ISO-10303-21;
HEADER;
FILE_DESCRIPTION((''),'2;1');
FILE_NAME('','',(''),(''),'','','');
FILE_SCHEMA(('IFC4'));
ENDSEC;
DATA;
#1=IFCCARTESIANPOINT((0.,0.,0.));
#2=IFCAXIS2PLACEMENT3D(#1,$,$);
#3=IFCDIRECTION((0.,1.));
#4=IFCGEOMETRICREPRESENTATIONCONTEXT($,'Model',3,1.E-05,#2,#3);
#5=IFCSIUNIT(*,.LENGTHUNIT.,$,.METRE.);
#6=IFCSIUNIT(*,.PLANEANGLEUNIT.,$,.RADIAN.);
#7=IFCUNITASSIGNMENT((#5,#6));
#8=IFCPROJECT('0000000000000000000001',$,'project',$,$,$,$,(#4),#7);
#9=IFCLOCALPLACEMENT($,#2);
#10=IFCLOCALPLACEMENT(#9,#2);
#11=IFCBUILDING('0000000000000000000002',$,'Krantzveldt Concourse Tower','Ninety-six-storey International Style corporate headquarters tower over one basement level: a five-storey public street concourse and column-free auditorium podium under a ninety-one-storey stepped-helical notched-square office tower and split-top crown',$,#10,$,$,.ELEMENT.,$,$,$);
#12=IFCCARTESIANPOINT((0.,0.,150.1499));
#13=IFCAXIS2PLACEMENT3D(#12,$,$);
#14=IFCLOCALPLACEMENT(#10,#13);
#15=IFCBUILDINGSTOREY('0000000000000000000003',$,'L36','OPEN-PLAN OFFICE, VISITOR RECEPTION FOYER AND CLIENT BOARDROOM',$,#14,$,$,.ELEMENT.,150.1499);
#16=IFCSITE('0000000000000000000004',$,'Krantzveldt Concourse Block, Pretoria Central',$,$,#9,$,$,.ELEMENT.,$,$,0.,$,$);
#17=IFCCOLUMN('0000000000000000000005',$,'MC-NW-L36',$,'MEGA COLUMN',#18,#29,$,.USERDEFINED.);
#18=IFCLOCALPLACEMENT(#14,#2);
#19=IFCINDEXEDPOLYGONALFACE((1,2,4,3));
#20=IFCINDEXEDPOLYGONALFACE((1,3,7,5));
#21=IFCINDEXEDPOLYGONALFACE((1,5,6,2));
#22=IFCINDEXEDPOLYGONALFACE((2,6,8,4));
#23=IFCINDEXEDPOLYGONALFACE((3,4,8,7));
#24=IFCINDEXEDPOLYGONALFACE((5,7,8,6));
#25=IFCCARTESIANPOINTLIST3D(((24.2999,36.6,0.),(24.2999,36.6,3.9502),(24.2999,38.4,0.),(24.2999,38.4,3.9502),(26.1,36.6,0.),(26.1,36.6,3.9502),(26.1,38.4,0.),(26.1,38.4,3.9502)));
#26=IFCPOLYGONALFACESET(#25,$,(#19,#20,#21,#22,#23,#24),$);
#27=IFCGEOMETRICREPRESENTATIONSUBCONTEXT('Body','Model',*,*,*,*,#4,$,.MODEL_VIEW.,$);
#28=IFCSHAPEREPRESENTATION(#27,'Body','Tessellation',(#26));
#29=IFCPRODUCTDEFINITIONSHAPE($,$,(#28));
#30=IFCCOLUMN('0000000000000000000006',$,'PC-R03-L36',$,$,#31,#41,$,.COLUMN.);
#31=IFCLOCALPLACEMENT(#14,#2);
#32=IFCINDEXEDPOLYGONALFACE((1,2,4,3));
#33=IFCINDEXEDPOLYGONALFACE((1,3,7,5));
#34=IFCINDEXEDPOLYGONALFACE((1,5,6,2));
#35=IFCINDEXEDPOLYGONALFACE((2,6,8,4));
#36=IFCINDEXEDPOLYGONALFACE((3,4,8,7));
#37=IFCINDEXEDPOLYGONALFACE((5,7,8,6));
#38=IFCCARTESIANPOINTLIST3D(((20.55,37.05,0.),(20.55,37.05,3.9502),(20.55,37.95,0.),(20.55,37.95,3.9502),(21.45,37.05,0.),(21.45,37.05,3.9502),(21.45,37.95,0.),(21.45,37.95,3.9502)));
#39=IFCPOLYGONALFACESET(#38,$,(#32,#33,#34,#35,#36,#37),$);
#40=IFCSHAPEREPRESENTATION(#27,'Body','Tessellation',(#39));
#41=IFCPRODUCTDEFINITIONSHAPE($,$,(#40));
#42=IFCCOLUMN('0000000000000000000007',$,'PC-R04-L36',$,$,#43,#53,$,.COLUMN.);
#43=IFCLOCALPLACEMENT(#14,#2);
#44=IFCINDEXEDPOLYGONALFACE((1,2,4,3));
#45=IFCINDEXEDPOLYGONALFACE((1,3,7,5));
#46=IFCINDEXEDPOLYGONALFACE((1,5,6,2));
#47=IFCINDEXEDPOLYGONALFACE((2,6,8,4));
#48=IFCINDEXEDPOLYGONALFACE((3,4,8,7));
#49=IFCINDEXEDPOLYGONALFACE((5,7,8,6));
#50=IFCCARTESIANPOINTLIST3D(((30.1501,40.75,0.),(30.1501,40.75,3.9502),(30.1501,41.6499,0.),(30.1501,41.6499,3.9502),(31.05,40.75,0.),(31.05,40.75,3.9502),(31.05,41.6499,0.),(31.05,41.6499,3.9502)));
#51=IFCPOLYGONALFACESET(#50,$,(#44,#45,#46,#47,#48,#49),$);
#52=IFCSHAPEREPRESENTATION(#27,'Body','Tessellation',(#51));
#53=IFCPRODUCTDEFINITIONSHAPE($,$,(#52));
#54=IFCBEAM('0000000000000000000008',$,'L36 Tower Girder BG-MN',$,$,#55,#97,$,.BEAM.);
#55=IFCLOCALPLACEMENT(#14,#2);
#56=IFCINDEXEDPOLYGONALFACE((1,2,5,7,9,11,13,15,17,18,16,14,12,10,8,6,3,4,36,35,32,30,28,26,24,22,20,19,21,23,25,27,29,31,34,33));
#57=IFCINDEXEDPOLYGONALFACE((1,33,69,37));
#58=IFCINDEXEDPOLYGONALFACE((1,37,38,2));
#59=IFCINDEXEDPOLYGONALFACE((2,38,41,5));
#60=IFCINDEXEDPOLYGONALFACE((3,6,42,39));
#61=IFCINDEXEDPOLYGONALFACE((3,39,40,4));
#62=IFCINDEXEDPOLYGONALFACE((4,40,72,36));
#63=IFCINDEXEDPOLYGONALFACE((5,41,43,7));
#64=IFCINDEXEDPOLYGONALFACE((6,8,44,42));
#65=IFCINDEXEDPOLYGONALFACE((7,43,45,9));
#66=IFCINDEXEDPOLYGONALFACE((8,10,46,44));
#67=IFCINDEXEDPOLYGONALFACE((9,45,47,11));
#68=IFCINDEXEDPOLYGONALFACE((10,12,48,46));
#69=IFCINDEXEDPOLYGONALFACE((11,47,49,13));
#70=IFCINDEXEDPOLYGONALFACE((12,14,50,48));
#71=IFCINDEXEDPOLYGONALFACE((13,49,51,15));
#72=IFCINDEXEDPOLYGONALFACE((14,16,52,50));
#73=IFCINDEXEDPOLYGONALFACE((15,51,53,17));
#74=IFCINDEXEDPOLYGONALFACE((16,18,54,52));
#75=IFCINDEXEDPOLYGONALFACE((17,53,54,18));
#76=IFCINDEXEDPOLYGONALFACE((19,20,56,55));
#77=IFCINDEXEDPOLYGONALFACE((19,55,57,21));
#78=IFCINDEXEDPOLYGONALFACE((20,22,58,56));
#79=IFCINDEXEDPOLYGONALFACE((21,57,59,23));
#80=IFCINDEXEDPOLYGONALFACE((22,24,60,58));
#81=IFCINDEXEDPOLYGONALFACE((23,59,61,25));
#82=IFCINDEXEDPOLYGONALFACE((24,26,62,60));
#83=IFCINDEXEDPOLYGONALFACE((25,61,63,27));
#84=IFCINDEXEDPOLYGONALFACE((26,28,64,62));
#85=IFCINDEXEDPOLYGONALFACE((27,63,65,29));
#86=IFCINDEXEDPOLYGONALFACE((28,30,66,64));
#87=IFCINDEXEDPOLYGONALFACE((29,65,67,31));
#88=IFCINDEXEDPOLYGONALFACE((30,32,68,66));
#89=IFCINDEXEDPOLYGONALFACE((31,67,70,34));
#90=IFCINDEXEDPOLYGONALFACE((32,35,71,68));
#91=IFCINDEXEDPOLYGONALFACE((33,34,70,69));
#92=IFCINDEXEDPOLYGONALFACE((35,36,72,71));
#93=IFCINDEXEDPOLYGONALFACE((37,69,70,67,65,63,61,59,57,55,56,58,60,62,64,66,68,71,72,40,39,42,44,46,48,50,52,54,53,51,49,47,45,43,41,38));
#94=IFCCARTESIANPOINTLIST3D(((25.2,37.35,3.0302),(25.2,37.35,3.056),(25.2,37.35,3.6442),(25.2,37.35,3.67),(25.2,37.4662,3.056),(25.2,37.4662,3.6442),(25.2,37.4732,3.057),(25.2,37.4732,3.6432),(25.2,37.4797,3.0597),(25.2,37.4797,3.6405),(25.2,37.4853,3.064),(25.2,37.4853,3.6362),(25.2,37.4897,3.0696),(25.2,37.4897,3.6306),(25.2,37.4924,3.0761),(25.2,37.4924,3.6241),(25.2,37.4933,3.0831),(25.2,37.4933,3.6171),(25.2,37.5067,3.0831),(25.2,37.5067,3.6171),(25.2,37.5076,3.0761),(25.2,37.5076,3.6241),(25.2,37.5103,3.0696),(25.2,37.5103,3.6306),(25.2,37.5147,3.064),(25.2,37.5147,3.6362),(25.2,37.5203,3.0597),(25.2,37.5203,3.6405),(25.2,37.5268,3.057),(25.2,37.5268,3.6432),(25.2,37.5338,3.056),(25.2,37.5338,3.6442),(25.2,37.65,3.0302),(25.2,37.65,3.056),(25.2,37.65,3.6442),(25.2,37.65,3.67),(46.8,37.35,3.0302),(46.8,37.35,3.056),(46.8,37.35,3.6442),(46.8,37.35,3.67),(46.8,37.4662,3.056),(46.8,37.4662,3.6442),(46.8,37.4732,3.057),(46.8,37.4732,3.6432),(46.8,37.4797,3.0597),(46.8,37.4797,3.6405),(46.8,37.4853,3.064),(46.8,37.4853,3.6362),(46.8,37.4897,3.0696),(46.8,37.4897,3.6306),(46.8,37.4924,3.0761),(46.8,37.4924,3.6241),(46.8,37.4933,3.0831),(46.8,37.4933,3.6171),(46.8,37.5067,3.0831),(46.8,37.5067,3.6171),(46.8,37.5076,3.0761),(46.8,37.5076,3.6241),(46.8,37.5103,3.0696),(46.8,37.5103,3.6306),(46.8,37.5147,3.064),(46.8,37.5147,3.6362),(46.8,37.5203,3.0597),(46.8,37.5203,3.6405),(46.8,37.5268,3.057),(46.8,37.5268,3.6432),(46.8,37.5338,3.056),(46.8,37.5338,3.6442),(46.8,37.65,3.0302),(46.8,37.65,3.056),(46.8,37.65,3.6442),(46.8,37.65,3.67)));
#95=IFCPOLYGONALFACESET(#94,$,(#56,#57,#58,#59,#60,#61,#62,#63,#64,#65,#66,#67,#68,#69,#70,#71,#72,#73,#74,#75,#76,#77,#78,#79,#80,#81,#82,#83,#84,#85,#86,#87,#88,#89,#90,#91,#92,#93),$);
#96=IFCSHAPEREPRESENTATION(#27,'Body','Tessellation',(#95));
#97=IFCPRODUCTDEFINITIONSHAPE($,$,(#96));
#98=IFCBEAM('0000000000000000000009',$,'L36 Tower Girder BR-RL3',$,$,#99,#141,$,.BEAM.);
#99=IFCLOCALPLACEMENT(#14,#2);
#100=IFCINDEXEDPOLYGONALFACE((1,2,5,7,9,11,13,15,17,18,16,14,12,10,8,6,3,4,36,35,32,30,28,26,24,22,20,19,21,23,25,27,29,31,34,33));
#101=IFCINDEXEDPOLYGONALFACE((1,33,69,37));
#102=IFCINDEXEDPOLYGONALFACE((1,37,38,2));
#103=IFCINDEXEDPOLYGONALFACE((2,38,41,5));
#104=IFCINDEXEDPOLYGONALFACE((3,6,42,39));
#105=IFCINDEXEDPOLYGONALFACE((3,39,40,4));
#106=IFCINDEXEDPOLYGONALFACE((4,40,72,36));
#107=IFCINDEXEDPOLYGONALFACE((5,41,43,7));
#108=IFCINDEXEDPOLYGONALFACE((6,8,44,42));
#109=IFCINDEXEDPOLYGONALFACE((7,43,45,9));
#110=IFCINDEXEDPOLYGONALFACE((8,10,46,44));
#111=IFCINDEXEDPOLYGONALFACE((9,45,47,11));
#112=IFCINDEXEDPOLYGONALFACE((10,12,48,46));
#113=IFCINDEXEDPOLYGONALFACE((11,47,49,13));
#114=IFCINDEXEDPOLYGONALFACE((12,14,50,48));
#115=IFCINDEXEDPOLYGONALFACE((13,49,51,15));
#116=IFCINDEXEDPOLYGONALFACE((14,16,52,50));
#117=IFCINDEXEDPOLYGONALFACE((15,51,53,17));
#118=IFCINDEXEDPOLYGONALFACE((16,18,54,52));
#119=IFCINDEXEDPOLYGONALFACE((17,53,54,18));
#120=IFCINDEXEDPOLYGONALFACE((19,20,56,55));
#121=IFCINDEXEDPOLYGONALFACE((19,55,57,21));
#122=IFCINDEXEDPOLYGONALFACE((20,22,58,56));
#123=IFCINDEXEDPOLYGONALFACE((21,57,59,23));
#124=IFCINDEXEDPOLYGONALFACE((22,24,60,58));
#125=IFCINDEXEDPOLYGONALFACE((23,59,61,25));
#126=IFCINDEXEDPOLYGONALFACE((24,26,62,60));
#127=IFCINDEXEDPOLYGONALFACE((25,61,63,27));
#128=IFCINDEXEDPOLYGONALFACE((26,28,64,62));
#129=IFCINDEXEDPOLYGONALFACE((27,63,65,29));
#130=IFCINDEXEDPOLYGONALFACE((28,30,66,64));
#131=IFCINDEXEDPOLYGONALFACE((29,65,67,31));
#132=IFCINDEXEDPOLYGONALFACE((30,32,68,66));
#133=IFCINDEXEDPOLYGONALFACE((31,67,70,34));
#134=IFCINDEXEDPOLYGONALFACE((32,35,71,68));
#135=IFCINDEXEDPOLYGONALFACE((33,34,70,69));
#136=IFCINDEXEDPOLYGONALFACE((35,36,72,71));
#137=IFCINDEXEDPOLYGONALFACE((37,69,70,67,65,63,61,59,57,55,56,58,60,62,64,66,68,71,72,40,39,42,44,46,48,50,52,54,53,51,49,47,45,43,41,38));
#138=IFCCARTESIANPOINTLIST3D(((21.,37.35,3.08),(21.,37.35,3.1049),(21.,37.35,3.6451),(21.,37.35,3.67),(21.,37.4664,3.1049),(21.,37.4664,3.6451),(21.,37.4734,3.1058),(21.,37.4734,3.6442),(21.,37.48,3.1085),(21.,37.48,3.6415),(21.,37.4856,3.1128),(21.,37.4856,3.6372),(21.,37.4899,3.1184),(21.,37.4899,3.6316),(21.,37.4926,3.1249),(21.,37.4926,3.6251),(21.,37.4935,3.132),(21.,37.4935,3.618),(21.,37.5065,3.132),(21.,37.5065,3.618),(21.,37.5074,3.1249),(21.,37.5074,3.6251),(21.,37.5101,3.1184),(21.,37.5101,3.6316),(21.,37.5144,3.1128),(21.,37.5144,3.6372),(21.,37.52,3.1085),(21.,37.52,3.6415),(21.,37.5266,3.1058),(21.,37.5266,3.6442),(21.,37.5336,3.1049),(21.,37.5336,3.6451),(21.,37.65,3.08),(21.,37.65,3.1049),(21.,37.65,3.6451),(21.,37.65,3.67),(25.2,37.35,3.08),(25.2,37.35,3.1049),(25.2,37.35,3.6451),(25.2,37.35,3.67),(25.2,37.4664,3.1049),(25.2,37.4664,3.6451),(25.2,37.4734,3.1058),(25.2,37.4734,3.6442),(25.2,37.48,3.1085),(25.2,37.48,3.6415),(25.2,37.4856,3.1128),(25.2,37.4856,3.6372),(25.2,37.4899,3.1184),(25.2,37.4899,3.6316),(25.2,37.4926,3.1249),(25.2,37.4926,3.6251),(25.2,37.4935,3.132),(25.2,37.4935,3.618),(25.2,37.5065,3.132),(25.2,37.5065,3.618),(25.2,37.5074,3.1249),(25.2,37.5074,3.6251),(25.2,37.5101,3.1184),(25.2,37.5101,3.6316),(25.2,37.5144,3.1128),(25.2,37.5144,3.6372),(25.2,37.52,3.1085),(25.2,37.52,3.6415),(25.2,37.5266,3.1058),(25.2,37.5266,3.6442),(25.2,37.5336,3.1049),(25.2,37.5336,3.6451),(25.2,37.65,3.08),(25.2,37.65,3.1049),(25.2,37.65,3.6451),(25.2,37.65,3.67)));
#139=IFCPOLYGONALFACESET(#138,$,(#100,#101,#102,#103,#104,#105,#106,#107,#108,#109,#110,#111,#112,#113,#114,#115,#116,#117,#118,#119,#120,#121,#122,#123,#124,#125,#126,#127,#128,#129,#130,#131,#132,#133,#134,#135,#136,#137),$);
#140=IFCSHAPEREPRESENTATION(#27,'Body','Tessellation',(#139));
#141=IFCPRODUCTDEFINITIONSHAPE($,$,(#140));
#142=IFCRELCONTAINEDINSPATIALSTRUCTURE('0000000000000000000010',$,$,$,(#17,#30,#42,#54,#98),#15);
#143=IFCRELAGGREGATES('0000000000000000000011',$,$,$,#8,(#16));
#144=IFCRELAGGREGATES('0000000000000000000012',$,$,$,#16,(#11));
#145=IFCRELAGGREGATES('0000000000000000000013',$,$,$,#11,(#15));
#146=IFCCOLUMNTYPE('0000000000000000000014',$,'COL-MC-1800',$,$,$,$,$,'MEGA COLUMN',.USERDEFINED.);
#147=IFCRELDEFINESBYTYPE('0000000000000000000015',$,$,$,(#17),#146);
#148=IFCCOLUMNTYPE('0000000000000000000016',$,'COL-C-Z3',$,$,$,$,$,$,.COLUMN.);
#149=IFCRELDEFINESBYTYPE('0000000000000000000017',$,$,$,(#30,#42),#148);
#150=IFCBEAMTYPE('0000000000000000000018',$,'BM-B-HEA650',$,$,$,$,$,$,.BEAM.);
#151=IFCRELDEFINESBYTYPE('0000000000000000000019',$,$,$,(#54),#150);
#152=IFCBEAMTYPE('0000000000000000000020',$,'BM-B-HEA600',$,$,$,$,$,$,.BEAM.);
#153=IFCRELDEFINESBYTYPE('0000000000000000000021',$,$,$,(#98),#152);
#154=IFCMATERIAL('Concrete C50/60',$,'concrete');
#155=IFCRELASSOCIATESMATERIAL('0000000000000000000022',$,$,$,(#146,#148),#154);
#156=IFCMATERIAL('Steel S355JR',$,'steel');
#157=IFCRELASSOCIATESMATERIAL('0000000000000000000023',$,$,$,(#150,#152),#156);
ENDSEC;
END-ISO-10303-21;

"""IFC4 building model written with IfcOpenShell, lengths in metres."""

from ifc_helpers import new_model, si_unit, direction, frame, origin, origin_2d, place, context, subcontext, project, spatial, rectangle, i_section, extrude, source, transform, mapped, material, material_profile, profile_set, type_object, type_shapes, element, save


model = new_model("IFC4")

# Units and contexts
model_context = context("Model", 3, precision=1e-05, world=origin(), true_north=direction((0.0, 1.0)))
body_context = subcontext(model_context, "Body", "Model", "MODEL_VIEW")
ifc_project = project(units=[si_unit("LENGTHUNIT", "METRE"), si_unit("PLANEANGLEUNIT", "RADIAN")], contexts=[model_context])

# Site, building, storey
site_placement = place(None, origin())
site = spatial("IfcSite", under=ifc_project, at=site_placement, Name="Krantzveldt Concourse Block, Pretoria Central", CompositionType="ELEMENT", RefElevation=0.0)
building_placement = place(site_placement, origin())
building = spatial("IfcBuilding", under=site, at=building_placement, Name="Krantzveldt Concourse Tower", Description="Ninety-six-storey International Style corporate headquarters tower over one basement level: a five-storey public street concourse and column-free auditorium podium under a ninety-one-storey stepped-helical notched-square office tower and split-top crown", CompositionType="ELEMENT")
storey_placement = place(building_placement, frame((0.0, 0.0, 150.1499)))
storey = spatial("IfcBuildingStorey", under=building, at=storey_placement, Name="L36", Description="OPEN-PLAN OFFICE, VISITOR RECEPTION FOYER AND CLIENT BOARDROOM", CompositionType="ELEMENT", Elevation=150.1499)

# Columns
ifc_material_1 = material(Name="Concrete C50/60", Category="concrete")
ifc_material_profile_1 = material_profile(ifc_material_1, rectangle(XDim=1.8, YDim=1.8, at=origin_2d()), Name="Concrete C50/60", Category="concrete")
ifc_profile_set_1 = profile_set([ifc_material_profile_1], Name="Concrete C50/60 - RC 1800x1800")
column_type_1 = type_object("IfcColumnType", Name="COL-MC-1800", ElementType="MEGA COLUMN", PredefinedType="USERDEFINED", material=ifc_profile_set_1)
shared_shape_1 = source(origin(), body_context, "Body", "SweptSolid", [
    extrude(rectangle(XDim=1.8, YDim=1.8, at=origin_2d()), origin(), (0.0, 0.0, 1.0), 3.9502),
])
type_shapes(column_type_1, [shared_shape_1])
column_placement = place(storey_placement, frame((25.2, 37.5, 0.0), z_axis=(0.0, 0.0, 1.0), x_axis=(1.0, 0.0, 0.0)))
element("IfcColumn", 1, at=column_placement, inside=storey, type_object=column_type_1, Name="MC-NW-L36", ObjectType="MEGA COLUMN", PredefinedType="USERDEFINED", context=body_context, shape_type="MappedRepresentation", body=[
    mapped(shared_shape_1, transform((0.0, 0.0, 0.0), x_axis=(1.0, 0.0, 0.0), y_axis=(0.0, 1.0, 0.0), z_axis=(0.0, 0.0, 1.0), scale=1.0)),
])
ifc_material_profile_2 = material_profile(ifc_material_1, rectangle(XDim=0.8999, YDim=0.8999, at=origin_2d()), Name="Concrete C50/60", Category="concrete")
ifc_profile_set_2 = profile_set([ifc_material_profile_2], Name="Concrete C50/60 - RC 900x900")
column_type_2 = type_object("IfcColumnType", Name="COL-C-Z3", PredefinedType="COLUMN", material=ifc_profile_set_2)
shared_shape_2 = source(origin(), body_context, "Body", "SweptSolid", [
    extrude(rectangle(XDim=0.8999, YDim=0.8999, at=origin_2d()), origin(), (0.0, 0.0, 1.0), 3.9502),
])
type_shapes(column_type_2, [shared_shape_2])
for number, where, z_axis, x_axis, name in (
    (2, (21.0, 37.5, 0.0), (0.0, 0.0, 1.0), (1.0, 0.0, 0.0), "PC-R03-L36"),
    (3, (30.6001, 41.2, 0.0), (0.0, 0.0, 1.0), (1.0, 0.0, 0.0), "PC-R04-L36"),
):
    element("IfcColumn", number, at=place(storey_placement, frame(where, z_axis=z_axis, x_axis=x_axis)), inside=storey, type_object=column_type_2, Name=name, PredefinedType="COLUMN", context=body_context, shape_type="MappedRepresentation", body=[
        mapped(shared_shape_2, transform((0.0, 0.0, 0.0), x_axis=(1.0, 0.0, 0.0), y_axis=(0.0, 1.0, 0.0), z_axis=(0.0, 0.0, 1.0), scale=1.0)),
    ])

# Beams
ifc_material_2 = material(Name="Steel S355JR", Category="steel")
ifc_material_profile_3 = material_profile(ifc_material_2, i_section(OverallWidth=0.3, OverallDepth=0.6399, WebThickness=0.0134, FlangeThickness=0.0259, FilletRadius=0.0271, at=origin_2d()), Name="Steel S355JR", Category="steel")
ifc_profile_set_3 = profile_set([ifc_material_profile_3], Name="Steel S355JR - HEA 650")
beam_type_1 = type_object("IfcBeamType", Name="BM-B-HEA650", PredefinedType="BEAM", material=ifc_profile_set_3)
shared_shape_3 = source(origin(), body_context, "Body", "SweptSolid", [
    extrude(i_section(OverallWidth=0.3, OverallDepth=0.6399, WebThickness=0.0134, FlangeThickness=0.0259, FilletRadius=0.0271, at=origin_2d()), origin(), (0.0, 0.0, 1.0), 21.6001),
])
type_shapes(beam_type_1, [shared_shape_3])
beam_1_placement = place(storey_placement, frame((25.2, 37.5, 3.3501), z_axis=(1.0, 0.0, 0.0), x_axis=(0.0, 1.0, 0.0)))
element("IfcBeam", 4, at=beam_1_placement, inside=storey, type_object=beam_type_1, Name="L36 Tower Girder BG-MN", PredefinedType="BEAM", context=body_context, shape_type="MappedRepresentation", body=[
    mapped(shared_shape_3, transform((0.0, 0.0, 0.0), x_axis=(1.0, 0.0, 0.0), y_axis=(0.0, 1.0, 0.0), z_axis=(0.0, 0.0, 1.0), scale=1.0)),
])
ifc_material_profile_4 = material_profile(ifc_material_2, i_section(OverallWidth=0.3, OverallDepth=0.5901, WebThickness=0.0129, FlangeThickness=0.0249, FilletRadius=0.0271, at=origin_2d()), Name="Steel S355JR", Category="steel")
ifc_profile_set_4 = profile_set([ifc_material_profile_4], Name="Steel S355JR - HEA 600")
beam_type_2 = type_object("IfcBeamType", Name="BM-B-HEA600", PredefinedType="BEAM", material=ifc_profile_set_4)
shared_shape_4 = source(origin(), body_context, "Body", "SweptSolid", [
    extrude(i_section(OverallWidth=0.3, OverallDepth=0.5901, WebThickness=0.0129, FlangeThickness=0.0249, FilletRadius=0.0271, at=origin_2d()), origin(), (0.0, 0.0, 1.0), 4.2),
])
beam_2_placement = place(storey_placement, frame((21.0, 37.5, 3.375), z_axis=(1.0, 0.0, 0.0), x_axis=(0.0, 1.0, 0.0)))
element("IfcBeam", 5, at=beam_2_placement, inside=storey, type_object=beam_type_2, Name="L36 Tower Girder BR-RL3", PredefinedType="BEAM", context=body_context, shape_type="MappedRepresentation", body=[
    mapped(shared_shape_4, transform((0.0, 0.0, 0.0), x_axis=(1.0, 0.0, 0.0), y_axis=(0.0, 1.0, 0.0), z_axis=(0.0, 0.0, 1.0), scale=1.0)),
])

save(model, "model.ifc")
